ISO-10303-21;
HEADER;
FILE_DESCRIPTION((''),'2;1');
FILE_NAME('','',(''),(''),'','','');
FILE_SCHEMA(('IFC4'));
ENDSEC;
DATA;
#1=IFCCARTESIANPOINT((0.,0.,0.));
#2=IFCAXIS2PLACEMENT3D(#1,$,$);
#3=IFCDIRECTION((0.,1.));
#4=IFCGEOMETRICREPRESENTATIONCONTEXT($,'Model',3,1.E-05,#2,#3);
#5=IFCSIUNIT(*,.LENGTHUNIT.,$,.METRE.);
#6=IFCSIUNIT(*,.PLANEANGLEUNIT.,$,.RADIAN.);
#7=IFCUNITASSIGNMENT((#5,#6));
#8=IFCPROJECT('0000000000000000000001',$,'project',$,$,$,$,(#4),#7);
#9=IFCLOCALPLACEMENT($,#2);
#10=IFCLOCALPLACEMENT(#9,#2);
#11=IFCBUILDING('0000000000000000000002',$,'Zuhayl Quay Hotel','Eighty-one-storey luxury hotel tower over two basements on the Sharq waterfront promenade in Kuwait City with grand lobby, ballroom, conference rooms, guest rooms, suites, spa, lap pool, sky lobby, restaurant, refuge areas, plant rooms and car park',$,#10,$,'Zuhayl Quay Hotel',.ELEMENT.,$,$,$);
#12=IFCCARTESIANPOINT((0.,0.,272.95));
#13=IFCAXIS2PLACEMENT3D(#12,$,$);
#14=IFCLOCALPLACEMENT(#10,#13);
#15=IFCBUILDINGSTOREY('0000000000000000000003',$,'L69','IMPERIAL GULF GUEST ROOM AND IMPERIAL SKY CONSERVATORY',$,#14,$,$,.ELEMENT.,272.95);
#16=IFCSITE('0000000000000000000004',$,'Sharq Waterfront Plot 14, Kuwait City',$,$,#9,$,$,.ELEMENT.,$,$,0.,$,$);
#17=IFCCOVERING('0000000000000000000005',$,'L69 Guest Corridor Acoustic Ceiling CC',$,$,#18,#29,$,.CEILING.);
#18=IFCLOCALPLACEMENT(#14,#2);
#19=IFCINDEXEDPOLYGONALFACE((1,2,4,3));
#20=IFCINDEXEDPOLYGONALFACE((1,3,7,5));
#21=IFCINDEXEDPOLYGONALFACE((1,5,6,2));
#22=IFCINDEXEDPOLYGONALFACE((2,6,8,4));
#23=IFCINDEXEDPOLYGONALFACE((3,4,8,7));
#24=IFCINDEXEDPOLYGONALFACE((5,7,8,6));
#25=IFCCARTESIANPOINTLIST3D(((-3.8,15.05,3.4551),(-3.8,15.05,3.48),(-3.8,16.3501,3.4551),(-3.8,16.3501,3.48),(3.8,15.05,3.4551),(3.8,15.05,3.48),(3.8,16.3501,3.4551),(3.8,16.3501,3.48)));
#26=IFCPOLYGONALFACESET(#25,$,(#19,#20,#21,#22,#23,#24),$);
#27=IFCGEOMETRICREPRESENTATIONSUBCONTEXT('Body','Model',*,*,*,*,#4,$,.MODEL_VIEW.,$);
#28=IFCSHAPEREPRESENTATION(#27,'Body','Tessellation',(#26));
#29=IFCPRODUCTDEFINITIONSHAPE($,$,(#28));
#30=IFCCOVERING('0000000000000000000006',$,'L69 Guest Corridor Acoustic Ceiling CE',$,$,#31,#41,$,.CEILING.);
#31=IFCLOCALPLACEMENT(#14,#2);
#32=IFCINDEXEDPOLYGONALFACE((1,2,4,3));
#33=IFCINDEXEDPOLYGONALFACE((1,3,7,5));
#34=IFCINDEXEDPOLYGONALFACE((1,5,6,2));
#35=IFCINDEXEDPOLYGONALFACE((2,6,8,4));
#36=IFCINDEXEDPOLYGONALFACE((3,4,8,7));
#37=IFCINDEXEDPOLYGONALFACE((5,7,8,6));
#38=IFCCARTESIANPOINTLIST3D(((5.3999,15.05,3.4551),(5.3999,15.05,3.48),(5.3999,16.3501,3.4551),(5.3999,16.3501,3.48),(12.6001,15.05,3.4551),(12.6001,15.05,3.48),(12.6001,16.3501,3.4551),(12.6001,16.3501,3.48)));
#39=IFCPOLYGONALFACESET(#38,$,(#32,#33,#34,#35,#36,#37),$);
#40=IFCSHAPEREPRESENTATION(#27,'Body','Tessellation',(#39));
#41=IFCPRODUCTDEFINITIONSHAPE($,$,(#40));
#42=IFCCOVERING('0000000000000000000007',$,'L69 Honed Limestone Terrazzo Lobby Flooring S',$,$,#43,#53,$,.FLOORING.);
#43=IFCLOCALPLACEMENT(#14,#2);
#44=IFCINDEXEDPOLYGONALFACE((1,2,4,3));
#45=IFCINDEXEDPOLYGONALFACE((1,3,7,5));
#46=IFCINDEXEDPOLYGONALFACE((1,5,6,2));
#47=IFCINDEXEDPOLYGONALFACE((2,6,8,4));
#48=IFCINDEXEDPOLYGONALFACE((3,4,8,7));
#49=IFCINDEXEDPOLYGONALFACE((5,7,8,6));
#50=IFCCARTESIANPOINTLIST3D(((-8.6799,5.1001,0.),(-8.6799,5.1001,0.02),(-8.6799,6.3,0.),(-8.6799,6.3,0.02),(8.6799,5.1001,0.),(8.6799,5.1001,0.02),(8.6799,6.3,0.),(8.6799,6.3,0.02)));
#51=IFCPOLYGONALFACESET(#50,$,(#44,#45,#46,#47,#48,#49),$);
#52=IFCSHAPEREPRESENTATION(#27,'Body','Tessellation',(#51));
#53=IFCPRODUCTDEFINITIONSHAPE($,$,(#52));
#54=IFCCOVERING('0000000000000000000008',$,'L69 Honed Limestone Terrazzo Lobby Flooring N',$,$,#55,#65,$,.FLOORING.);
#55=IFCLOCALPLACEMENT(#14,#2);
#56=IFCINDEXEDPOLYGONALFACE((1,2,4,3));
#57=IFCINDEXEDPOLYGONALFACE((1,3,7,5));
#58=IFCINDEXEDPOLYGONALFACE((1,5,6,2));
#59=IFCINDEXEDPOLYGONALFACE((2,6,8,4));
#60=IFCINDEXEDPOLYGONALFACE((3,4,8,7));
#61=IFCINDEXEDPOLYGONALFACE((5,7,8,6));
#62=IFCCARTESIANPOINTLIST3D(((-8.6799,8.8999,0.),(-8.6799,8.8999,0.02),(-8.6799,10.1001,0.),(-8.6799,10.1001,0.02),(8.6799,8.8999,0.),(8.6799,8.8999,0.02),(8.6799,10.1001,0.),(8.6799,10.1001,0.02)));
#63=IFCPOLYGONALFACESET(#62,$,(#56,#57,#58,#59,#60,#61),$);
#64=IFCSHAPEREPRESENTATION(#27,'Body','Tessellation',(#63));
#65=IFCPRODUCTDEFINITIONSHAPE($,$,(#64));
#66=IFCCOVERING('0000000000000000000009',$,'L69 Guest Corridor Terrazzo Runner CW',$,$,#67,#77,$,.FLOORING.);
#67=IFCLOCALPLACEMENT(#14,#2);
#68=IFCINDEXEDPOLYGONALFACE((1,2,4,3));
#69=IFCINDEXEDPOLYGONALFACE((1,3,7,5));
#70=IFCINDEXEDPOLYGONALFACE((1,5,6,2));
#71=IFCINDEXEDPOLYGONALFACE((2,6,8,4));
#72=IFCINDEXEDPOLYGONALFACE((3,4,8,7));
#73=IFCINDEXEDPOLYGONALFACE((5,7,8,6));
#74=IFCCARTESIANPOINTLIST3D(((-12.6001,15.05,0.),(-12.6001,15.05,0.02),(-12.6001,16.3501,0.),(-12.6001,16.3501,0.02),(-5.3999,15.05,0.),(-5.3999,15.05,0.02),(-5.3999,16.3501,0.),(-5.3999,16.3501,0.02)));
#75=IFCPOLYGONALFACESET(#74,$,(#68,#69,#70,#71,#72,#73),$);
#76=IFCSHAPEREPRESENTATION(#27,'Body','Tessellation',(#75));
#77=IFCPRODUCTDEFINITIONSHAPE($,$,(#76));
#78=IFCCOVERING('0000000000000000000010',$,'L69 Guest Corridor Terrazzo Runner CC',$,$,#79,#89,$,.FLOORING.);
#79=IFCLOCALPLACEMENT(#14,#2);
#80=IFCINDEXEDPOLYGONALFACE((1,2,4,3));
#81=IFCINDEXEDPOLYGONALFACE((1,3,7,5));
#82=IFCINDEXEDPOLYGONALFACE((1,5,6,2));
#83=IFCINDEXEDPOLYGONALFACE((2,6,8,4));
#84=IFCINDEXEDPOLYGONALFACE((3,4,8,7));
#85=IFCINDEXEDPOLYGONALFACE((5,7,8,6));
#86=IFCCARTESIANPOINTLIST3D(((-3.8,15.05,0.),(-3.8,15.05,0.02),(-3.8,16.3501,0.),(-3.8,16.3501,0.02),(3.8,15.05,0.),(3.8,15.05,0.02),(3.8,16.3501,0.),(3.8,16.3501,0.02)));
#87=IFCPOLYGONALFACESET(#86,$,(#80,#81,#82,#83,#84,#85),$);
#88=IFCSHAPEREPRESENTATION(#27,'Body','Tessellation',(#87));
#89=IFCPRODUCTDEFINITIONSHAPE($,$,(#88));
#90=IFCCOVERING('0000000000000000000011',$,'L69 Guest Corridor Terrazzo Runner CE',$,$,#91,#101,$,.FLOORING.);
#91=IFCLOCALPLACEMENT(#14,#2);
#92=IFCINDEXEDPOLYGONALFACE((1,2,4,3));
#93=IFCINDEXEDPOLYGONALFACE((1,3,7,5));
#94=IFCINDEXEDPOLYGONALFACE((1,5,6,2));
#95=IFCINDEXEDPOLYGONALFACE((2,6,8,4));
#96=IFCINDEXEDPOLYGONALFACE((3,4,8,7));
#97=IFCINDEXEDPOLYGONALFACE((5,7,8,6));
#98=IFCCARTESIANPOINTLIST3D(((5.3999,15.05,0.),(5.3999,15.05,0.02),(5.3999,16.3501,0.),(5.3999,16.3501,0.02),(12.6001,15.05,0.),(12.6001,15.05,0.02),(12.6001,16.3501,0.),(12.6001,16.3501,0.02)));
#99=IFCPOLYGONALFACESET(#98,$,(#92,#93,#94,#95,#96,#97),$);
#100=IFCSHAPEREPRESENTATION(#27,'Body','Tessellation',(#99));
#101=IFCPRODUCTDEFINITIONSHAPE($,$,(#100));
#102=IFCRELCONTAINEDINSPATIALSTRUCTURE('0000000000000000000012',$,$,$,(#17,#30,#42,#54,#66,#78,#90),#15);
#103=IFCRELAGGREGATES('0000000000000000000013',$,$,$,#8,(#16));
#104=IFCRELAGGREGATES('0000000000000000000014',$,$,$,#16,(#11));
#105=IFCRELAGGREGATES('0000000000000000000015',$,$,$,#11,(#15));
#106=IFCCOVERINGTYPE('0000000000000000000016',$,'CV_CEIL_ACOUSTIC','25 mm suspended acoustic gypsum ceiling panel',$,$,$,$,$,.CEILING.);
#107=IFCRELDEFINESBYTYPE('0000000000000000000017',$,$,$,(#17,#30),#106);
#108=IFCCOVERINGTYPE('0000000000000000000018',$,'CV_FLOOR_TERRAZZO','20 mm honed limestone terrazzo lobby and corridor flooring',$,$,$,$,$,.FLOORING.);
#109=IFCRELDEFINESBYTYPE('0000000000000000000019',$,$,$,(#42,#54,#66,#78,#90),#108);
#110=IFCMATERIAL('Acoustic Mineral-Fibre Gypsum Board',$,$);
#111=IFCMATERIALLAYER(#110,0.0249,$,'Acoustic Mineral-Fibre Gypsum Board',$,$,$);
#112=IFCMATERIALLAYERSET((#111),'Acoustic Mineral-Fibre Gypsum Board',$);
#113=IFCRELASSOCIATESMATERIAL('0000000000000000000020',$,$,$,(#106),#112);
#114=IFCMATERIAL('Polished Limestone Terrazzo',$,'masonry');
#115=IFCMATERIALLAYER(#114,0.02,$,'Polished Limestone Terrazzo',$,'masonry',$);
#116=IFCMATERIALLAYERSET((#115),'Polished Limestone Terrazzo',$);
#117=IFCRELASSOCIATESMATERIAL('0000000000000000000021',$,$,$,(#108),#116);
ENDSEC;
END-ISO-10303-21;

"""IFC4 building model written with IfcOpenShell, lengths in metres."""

from ifc_helpers import new_model, si_unit, direction, frame, origin, place, context, subcontext, project, spatial, polyline, outline, extrude, material, layer, layer_set, type_object, element, save


model = new_model("IFC4")

# Units and contexts
model_context = context("Model", 3, precision=1e-05, world=origin(), true_north=direction((0.0, 1.0)))
body_context = subcontext(model_context, "Body", "Model", "MODEL_VIEW")
ifc_project = project(units=[si_unit("LENGTHUNIT", "METRE"), si_unit("PLANEANGLEUNIT", "RADIAN")], contexts=[model_context])

# Site, building, storey
site_placement = place(None, origin())
site = spatial("IfcSite", under=ifc_project, at=site_placement, Name="Sharq Waterfront Plot 14, Kuwait City", CompositionType="ELEMENT", RefElevation=0.0)
building_placement = place(site_placement, origin())
building = spatial("IfcBuilding", under=site, at=building_placement, Name="Zuhayl Quay Hotel", Description="Eighty-one-storey luxury hotel tower over two basements on the Sharq waterfront promenade in Kuwait City with grand lobby, ballroom, conference rooms, guest rooms, suites, spa, lap pool, sky lobby, restaurant, refuge areas, plant rooms and car park", LongName="Zuhayl Quay Hotel", CompositionType="ELEMENT")
storey_placement = place(building_placement, frame((0.0, 0.0, 272.95)))
storey = spatial("IfcBuildingStorey", under=building, at=storey_placement, Name="L69", Description="IMPERIAL GULF GUEST ROOM AND IMPERIAL SKY CONSERVATORY", CompositionType="ELEMENT", Elevation=272.95)

# Coverings
ifc_material_1 = material(Name="Acoustic Mineral-Fibre Gypsum Board")
ifc_layer_1 = layer(ifc_material_1, 0.0249, Name="Acoustic Mineral-Fibre Gypsum Board")
ifc_layer_set_1 = layer_set([ifc_layer_1], Name="Acoustic Mineral-Fibre Gypsum Board")
covering_type_1 = type_object("IfcCoveringType", Name="CV_CEIL_ACOUSTIC", Description="25 mm suspended acoustic gypsum ceiling panel", PredefinedType="CEILING", material=ifc_layer_set_1)
covering_1_placement = place(storey_placement, frame((0.0, 0.0, 3.4551)))
element("IfcCovering", 1, at=covering_1_placement, inside=storey, type_object=covering_type_1, Name="L69 Guest Corridor Acoustic Ceiling CC", PredefinedType="CEILING", context=body_context, shape_type="SweptSolid", body=[
    extrude(outline(polyline([(-3.8, 15.05), (3.8, 15.05), (3.8, 16.3501), (-3.8, 16.3501), (-3.8, 15.05)])), origin(), (0.0, 0.0, 1.0), 0.0249),
])
covering_2_placement = place(storey_placement, frame((0.0, 0.0, 3.4551)))
element("IfcCovering", 2, at=covering_2_placement, inside=storey, type_object=covering_type_1, Name="L69 Guest Corridor Acoustic Ceiling CE", PredefinedType="CEILING", context=body_context, shape_type="SweptSolid", body=[
    extrude(outline(polyline([(5.3999, 15.05), (12.6001, 15.05), (12.6001, 16.3501), (5.3999, 16.3501), (5.3999, 15.05)])), origin(), (0.0, 0.0, 1.0), 0.0249),
])
ifc_material_2 = material(Name="Polished Limestone Terrazzo", Category="masonry")
ifc_layer_2 = layer(ifc_material_2, 0.02, Name="Polished Limestone Terrazzo", Category="masonry")
ifc_layer_set_2 = layer_set([ifc_layer_2], Name="Polished Limestone Terrazzo")
covering_type_2 = type_object("IfcCoveringType", Name="CV_FLOOR_TERRAZZO", Description="20 mm honed limestone terrazzo lobby and corridor flooring", PredefinedType="FLOORING", material=ifc_layer_set_2)
covering_3_placement = place(storey_placement, origin())
element("IfcCovering", 3, at=covering_3_placement, inside=storey, type_object=covering_type_2, Name="L69 Honed Limestone Terrazzo Lobby Flooring S", PredefinedType="FLOORING", context=body_context, shape_type="SweptSolid", body=[
    extrude(outline(polyline([(-8.6799, 5.1001), (8.6799, 5.1001), (8.6799, 6.3), (-8.6799, 6.3), (-8.6799, 5.1001)])), origin(), (0.0, 0.0, 1.0), 0.02),
])
covering_4_placement = place(storey_placement, origin())
element("IfcCovering", 4, at=covering_4_placement, inside=storey, type_object=covering_type_2, Name="L69 Honed Limestone Terrazzo Lobby Flooring N", PredefinedType="FLOORING", context=body_context, shape_type="SweptSolid", body=[
    extrude(outline(polyline([(-8.6799, 8.8999), (8.6799, 8.8999), (8.6799, 10.1001), (-8.6799, 10.1001), (-8.6799, 8.8999)])), origin(), (0.0, 0.0, 1.0), 0.02),
])
covering_5_placement = place(storey_placement, origin())
element("IfcCovering", 5, at=covering_5_placement, inside=storey, type_object=covering_type_2, Name="L69 Guest Corridor Terrazzo Runner CW", PredefinedType="FLOORING", context=body_context, shape_type="SweptSolid", body=[
    extrude(outline(polyline([(-12.6001, 15.05), (-5.3999, 15.05), (-5.3999, 16.3501), (-12.6001, 16.3501), (-12.6001, 15.05)])), origin(), (0.0, 0.0, 1.0), 0.02),
])
covering_6_placement = place(storey_placement, origin())
element("IfcCovering", 6, at=covering_6_placement, inside=storey, type_object=covering_type_2, Name="L69 Guest Corridor Terrazzo Runner CC", PredefinedType="FLOORING", context=body_context, shape_type="SweptSolid", body=[
    extrude(outline(polyline([(-3.8, 15.05), (3.8, 15.05), (3.8, 16.3501), (-3.8, 16.3501), (-3.8, 15.05)])), origin(), (0.0, 0.0, 1.0), 0.02),
])
covering_7_placement = place(storey_placement, origin())
element("IfcCovering", 7, at=covering_7_placement, inside=storey, type_object=covering_type_2, Name="L69 Guest Corridor Terrazzo Runner CE", PredefinedType="FLOORING", context=body_context, shape_type="SweptSolid", body=[
    extrude(outline(polyline([(5.3999, 15.05), (12.6001, 15.05), (12.6001, 16.3501), (5.3999, 16.3501), (5.3999, 15.05)])), origin(), (0.0, 0.0, 1.0), 0.02),
])

save(model, "model.ifc")
